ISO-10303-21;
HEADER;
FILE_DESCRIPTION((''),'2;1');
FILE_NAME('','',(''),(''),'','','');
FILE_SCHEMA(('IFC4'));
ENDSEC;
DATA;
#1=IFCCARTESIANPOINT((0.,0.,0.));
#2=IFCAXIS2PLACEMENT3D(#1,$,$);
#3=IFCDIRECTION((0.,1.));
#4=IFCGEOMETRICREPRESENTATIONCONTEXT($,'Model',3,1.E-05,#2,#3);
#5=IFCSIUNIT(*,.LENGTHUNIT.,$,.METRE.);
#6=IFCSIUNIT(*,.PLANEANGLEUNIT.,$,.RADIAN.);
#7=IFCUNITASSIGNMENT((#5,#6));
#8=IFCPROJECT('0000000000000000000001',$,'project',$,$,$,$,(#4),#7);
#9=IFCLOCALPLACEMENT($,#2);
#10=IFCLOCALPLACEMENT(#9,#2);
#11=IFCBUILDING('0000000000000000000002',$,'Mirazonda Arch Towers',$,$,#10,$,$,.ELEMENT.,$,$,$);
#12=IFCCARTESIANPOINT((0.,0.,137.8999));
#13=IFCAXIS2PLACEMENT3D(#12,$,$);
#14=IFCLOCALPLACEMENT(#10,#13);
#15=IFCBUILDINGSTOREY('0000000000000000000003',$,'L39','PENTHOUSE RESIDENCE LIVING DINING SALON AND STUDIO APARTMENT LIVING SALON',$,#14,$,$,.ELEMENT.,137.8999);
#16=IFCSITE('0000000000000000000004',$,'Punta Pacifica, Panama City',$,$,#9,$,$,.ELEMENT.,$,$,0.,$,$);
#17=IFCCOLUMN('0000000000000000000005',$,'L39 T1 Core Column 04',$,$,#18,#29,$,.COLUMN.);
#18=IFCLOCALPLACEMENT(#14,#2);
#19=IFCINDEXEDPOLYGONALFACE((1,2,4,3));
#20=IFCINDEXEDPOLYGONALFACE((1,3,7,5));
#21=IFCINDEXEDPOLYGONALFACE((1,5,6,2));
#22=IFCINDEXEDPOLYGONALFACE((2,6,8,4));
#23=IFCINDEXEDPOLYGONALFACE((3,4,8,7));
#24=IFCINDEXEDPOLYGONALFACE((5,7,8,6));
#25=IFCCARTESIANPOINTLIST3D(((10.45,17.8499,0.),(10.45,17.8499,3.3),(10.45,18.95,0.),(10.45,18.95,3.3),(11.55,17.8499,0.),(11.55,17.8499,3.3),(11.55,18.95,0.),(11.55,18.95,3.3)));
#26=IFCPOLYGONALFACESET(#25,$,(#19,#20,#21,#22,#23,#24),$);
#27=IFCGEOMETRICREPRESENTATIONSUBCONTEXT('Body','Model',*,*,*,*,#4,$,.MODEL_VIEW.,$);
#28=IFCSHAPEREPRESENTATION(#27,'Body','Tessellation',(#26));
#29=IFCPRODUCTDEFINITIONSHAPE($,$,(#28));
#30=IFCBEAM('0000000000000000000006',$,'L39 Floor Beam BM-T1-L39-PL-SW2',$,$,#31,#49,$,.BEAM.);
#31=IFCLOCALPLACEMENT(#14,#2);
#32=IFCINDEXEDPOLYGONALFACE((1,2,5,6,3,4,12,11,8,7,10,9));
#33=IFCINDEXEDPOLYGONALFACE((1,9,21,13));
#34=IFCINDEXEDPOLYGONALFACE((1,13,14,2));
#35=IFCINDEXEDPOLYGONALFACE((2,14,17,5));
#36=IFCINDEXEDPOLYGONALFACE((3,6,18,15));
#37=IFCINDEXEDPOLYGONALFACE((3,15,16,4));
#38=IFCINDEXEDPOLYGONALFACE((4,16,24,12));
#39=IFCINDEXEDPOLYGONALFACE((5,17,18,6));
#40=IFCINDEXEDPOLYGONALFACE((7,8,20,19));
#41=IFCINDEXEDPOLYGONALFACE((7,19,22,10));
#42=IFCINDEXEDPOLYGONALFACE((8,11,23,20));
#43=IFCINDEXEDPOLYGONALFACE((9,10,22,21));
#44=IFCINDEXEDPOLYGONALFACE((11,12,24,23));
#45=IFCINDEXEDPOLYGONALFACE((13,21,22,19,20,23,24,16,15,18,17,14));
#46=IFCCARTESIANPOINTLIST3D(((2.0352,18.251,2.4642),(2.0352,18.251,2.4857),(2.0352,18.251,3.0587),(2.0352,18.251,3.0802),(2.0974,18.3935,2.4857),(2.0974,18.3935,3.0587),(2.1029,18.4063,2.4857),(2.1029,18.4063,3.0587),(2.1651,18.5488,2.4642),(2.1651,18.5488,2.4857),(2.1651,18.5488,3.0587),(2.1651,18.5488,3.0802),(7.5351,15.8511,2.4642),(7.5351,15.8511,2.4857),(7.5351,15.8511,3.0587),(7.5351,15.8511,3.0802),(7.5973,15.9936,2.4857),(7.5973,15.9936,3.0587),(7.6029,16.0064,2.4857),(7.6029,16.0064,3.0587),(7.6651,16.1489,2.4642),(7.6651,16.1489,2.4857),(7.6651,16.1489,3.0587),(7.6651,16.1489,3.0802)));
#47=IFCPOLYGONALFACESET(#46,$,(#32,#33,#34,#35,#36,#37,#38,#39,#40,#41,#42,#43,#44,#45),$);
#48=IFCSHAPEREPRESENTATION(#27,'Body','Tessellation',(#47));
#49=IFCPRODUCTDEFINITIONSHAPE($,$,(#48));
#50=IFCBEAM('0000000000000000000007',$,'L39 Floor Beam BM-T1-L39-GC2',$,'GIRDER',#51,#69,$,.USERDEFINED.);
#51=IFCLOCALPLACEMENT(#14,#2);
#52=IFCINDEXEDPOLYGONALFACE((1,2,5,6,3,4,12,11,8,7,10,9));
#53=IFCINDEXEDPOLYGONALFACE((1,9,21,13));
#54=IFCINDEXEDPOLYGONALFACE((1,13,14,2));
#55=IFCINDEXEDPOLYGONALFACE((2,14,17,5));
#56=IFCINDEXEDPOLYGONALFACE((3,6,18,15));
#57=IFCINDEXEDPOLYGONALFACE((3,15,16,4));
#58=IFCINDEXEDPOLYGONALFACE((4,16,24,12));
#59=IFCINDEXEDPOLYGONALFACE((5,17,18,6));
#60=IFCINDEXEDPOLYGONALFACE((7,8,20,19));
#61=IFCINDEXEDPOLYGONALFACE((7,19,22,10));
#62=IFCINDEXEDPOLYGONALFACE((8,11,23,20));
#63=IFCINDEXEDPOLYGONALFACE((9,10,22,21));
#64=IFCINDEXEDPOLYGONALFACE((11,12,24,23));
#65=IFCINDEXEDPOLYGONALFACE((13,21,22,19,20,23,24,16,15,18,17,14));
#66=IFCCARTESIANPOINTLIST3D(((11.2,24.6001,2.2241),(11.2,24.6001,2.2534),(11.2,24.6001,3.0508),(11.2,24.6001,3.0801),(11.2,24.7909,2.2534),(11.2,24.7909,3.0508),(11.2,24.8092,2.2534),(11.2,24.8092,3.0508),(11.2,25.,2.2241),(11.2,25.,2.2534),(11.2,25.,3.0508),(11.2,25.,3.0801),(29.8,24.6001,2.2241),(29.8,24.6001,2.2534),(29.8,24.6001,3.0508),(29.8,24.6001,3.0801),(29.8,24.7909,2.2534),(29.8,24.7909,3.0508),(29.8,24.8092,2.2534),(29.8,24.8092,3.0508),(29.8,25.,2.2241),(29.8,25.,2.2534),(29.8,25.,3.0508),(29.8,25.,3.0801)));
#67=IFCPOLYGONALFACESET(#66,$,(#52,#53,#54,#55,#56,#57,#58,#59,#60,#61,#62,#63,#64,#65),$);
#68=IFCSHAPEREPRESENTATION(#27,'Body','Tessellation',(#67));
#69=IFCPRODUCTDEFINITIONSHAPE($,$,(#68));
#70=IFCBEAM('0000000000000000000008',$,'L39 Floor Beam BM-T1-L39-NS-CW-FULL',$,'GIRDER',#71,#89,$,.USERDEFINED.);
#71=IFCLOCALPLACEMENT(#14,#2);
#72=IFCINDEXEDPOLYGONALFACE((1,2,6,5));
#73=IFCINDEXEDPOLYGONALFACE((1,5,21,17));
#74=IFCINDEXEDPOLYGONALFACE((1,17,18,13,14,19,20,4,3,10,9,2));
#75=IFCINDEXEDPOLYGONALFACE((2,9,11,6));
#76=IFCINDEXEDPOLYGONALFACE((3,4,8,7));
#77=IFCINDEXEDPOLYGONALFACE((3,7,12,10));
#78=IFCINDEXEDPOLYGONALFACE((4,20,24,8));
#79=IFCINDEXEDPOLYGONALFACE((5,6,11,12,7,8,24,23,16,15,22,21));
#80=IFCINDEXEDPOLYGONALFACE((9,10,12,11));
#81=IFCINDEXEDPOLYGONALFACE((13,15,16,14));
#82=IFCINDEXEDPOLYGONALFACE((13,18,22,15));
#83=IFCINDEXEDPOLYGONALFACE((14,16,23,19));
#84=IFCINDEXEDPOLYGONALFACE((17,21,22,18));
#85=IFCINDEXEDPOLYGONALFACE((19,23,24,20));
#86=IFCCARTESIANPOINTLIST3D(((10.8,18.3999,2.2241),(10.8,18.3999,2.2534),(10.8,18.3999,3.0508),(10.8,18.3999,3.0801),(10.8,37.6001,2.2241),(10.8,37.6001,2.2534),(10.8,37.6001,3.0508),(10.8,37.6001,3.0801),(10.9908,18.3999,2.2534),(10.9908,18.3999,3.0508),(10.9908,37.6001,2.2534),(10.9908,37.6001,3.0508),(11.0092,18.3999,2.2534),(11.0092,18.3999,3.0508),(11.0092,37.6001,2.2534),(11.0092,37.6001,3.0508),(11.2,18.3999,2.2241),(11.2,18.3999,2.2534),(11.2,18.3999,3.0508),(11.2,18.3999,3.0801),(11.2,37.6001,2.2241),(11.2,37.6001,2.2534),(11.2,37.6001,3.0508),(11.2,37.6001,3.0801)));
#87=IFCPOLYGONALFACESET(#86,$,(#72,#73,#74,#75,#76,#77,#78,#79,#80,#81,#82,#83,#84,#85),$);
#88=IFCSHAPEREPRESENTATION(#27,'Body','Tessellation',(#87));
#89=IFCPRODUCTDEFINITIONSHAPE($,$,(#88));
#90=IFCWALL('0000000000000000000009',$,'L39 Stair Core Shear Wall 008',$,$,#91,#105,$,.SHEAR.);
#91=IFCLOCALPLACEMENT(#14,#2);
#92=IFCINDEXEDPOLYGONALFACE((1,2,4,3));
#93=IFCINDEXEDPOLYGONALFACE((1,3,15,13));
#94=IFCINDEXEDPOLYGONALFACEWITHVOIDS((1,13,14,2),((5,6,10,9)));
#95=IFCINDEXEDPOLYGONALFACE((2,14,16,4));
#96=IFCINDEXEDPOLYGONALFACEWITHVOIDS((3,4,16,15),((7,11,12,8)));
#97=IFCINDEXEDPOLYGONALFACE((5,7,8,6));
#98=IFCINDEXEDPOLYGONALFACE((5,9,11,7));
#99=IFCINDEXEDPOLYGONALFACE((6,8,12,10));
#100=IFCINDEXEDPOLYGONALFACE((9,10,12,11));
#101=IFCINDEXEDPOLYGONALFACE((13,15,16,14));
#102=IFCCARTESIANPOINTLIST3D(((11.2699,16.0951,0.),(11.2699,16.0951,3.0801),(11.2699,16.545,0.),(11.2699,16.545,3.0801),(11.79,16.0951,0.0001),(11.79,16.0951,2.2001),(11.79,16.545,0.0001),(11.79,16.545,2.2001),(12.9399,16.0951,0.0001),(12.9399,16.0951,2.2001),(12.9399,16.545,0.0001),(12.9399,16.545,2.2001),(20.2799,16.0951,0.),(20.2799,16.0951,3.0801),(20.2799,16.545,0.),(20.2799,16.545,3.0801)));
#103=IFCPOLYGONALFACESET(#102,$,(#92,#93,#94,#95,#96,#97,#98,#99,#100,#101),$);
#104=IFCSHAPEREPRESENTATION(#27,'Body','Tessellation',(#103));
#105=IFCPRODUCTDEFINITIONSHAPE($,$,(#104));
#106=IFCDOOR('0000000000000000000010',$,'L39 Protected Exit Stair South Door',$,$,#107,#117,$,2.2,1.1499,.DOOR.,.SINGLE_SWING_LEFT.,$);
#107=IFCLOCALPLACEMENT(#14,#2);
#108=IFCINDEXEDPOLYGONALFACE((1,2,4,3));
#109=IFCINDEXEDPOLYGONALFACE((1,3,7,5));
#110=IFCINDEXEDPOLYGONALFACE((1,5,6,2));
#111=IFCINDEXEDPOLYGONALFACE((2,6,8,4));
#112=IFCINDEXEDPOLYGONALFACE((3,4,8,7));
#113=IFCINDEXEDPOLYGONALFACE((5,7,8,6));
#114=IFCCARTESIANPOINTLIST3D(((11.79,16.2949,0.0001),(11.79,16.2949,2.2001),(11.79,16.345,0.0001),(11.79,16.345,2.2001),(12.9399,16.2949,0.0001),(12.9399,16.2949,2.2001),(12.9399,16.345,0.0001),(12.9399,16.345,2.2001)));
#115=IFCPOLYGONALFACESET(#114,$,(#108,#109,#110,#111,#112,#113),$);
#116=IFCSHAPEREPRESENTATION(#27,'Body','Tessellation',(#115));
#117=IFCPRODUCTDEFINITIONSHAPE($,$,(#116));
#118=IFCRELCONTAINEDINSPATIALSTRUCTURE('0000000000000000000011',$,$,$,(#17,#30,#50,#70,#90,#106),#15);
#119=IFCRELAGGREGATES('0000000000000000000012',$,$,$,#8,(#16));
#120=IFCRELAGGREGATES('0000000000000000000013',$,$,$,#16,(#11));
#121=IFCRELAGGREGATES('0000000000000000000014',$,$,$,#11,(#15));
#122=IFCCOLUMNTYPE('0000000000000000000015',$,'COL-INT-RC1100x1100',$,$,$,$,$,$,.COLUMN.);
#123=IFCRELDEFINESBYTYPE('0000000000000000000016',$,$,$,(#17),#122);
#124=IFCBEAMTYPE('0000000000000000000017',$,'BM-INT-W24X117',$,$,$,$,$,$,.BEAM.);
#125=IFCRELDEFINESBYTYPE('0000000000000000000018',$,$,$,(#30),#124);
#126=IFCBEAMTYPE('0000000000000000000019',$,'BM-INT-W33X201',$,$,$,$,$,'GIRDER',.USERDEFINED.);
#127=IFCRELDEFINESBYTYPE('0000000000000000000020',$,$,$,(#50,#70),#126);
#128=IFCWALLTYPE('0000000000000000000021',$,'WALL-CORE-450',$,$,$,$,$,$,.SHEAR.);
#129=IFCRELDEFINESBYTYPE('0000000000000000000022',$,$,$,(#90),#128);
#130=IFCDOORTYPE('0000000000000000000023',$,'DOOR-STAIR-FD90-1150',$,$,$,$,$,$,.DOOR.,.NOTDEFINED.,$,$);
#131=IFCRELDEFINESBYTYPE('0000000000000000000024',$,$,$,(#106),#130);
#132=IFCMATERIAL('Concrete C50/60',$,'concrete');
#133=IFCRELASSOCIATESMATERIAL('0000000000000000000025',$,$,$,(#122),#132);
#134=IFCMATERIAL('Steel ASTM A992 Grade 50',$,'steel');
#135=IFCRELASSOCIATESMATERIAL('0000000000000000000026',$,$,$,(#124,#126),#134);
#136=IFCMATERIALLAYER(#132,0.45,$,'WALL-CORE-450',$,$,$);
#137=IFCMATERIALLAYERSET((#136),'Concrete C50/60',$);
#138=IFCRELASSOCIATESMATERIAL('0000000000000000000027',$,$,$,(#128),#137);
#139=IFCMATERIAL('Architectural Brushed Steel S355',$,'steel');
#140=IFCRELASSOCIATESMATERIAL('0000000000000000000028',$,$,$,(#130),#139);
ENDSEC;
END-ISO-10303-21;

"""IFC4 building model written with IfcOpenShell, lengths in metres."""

from ifc_helpers import new_model, si_unit, direction, frame, frame_2d, origin, origin_2d, place, context, subcontext, project, spatial, rectangle, i_section, extrude, material, layer, layer_set, material_profile, profile_set, type_object, element, fill, save


model = new_model("IFC4")

# Units and contexts
model_context = context("Model", 3, precision=1e-05, world=origin(), true_north=direction((0.0, 1.0)))
body_context = subcontext(model_context, "Body", "Model", "MODEL_VIEW")
ifc_project = project(units=[si_unit("LENGTHUNIT", "METRE"), si_unit("PLANEANGLEUNIT", "RADIAN")], contexts=[model_context])

# Site, building, storey
site_placement = place(None, origin())
site = spatial("IfcSite", under=ifc_project, at=site_placement, Name="Punta Pacifica, Panama City", CompositionType="ELEMENT", RefElevation=0.0)
building_placement = place(site_placement, origin())
building = spatial("IfcBuilding", under=site, at=building_placement, Name="Mirazonda Arch Towers", CompositionType="ELEMENT")
storey_placement = place(building_placement, frame((0.0, 0.0, 137.8999)))
storey = spatial("IfcBuildingStorey", under=building, at=storey_placement, Name="L39", Description="PENTHOUSE RESIDENCE LIVING DINING SALON AND STUDIO APARTMENT LIVING SALON", CompositionType="ELEMENT", Elevation=137.8999)

# Column
ifc_material_1 = material(Name="Concrete C50/60", Category="concrete")
ifc_material_profile_1 = material_profile(ifc_material_1, rectangle(XDim=1.1001, YDim=1.1001, at=origin_2d()), Name="RC1100x1100")
ifc_profile_set_1 = profile_set([ifc_material_profile_1], Name="Concrete C50/60")
column_type = type_object("IfcColumnType", Name="COL-INT-RC1100x1100", PredefinedType="COLUMN", material=ifc_profile_set_1)
column_placement = place(storey_placement, frame((11.0, 18.3999, 0.0), z_axis=(0.0, 0.0, 1.0), x_axis=(1.0, 0.0, 0.0)))
element("IfcColumn", 1, at=column_placement, inside=storey, type_object=column_type, Name="L39 T1 Core Column 04", PredefinedType="COLUMN", context=body_context, shape_type="SweptSolid", body=[
    extrude(rectangle(XDim=1.1001, YDim=1.1001, at=origin_2d()), origin(), (0.0, 0.0, 1.0), 3.3),
])

# Beams
ifc_material_2 = material(Name="Steel ASTM A992 Grade 50", Category="steel")
ifc_material_profile_2 = material_profile(ifc_material_2, i_section(OverallWidth=0.325, OverallDepth=0.616, WebThickness=0.0139, FlangeThickness=0.0215, at=origin_2d()), Name="W24X117")
ifc_profile_set_2 = profile_set([ifc_material_profile_2], Name="Steel ASTM A992 Grade 50")
beam_type_1 = type_object("IfcBeamType", Name="BM-INT-W24X117", PredefinedType="BEAM", material=ifc_profile_set_2)
beam_1_placement = place(storey_placement, frame((7.6001, 16.0, 2.7722), z_axis=(-0.916545, 0.399931, 0.0), x_axis=(-0.399931, -0.916545, 0.0)))
element("IfcBeam", 2, at=beam_1_placement, inside=storey, type_object=beam_type_1, Name="L39 Floor Beam BM-T1-L39-PL-SW2", PredefinedType="BEAM", context=body_context, shape_type="SweptSolid", body=[
    extrude(i_section(OverallWidth=0.325, OverallDepth=0.616, WebThickness=0.0139, FlangeThickness=0.0215, at=origin_2d()), origin(), (0.0, 0.0, 1.0), 6.0007),
])
ifc_material_profile_3 = material_profile(ifc_material_2, i_section(OverallWidth=0.3999, OverallDepth=0.856, WebThickness=0.0183, FlangeThickness=0.0293, at=origin_2d()), Name="W33X201")
ifc_profile_set_3 = profile_set([ifc_material_profile_3], Name="Steel ASTM A992 Grade 50")
beam_type_2 = type_object("IfcBeamType", Name="BM-INT-W33X201", ElementType="GIRDER", PredefinedType="USERDEFINED", material=ifc_profile_set_3)
beam_2_placement = place(storey_placement, frame((11.2, 24.8, 2.6521), z_axis=(1.0, 0.0, 0.0), x_axis=(0.0, 1.0, 0.0)))
element("IfcBeam", 3, at=beam_2_placement, inside=storey, type_object=beam_type_2, Name="L39 Floor Beam BM-T1-L39-GC2", ObjectType="GIRDER", PredefinedType="USERDEFINED", context=body_context, shape_type="SweptSolid", body=[
    extrude(i_section(OverallWidth=0.3999, OverallDepth=0.856, WebThickness=0.0183, FlangeThickness=0.0293, at=origin_2d()), origin(), (0.0, 0.0, 1.0), 18.6001),
])
beam_3_placement = place(storey_placement, frame((11.0, 18.3999, 2.6521), z_axis=(0.0, 1.0, 0.0), x_axis=(-1.0, 0.0, 0.0)))
element("IfcBeam", 4, at=beam_3_placement, inside=storey, type_object=beam_type_2, Name="L39 Floor Beam BM-T1-L39-NS-CW-FULL", ObjectType="GIRDER", PredefinedType="USERDEFINED", context=body_context, shape_type="SweptSolid", body=[
    extrude(i_section(OverallWidth=0.3999, OverallDepth=0.856, WebThickness=0.0183, FlangeThickness=0.0293, at=origin_2d()), origin(), (0.0, 0.0, 1.0), 19.2002),
])

# Wall, opening, door
ifc_layer_1 = layer(ifc_material_1, 0.45, Name="WALL-CORE-450")
ifc_layer_set_1 = layer_set([ifc_layer_1], Name="Concrete C50/60")
wall_type_1 = type_object("IfcWallType", Name="WALL-CORE-450", PredefinedType="SHEAR", material=ifc_layer_set_1)
wall_1_placement = place(storey_placement, frame((11.27, 16.3201, 0.0), z_axis=(0.0, 0.0, 1.0), x_axis=(1.0, 0.0, 0.0)))
wall_1 = element("IfcWall", 5, at=wall_1_placement, inside=storey, type_object=wall_type_1, Name="L39 Stair Core Shear Wall 008", PredefinedType="SHEAR", context=body_context, shape_type="SweptSolid", body=[
    extrude(rectangle(XDim=9.01, YDim=0.45, at=frame_2d((4.5049, 0.0))), origin(), (0.0, 0.0, 1.0), 3.0801),
])
opening_1_placement = place(wall_1_placement, frame((0.52, 0.0, 0.0)))
opening_1 = element("IfcOpeningElement", 6, at=opening_1_placement, cuts=wall_1, PredefinedType="OPENING", context=body_context, shape_type="SweptSolid", body=[
    extrude(rectangle(XDim=1.1499, YDim=2.2, at=frame_2d((0.575, 1.1001))), frame((0.0, 0.2349, 0.0), z_axis=(0.0, -1.0, 0.0), x_axis=(1.0, 0.0, 0.0)), (0.0, 0.0, 1.0), 0.47),
])
ifc_material_3 = material(Name="Architectural Brushed Steel S355", Category="steel")
door_type_1 = type_object("IfcDoorType", Name="DOOR-STAIR-FD90-1150", OperationType="NOTDEFINED", PredefinedType="DOOR", material=ifc_material_3)
door_1_placement = place(opening_1_placement, origin())
door_1 = element("IfcDoor", 7, at=door_1_placement, inside=storey, type_object=door_type_1, Name="L39 Protected Exit Stair South Door", OperationType="SINGLE_SWING_LEFT", OverallHeight=2.2, OverallWidth=1.1499, PredefinedType="DOOR", context=body_context, shape_type="SweptSolid", body=[
    extrude(rectangle(XDim=1.1499, YDim=2.2, at=frame_2d((0.575, 1.1001))), frame((0.0, 0.0249, 0.0), z_axis=(0.0, -1.0, 0.0), x_axis=(1.0, 0.0, 0.0)), (0.0, 0.0, 1.0), 0.05),
])
fill(opening_1, door_1)

save(model, "model.ifc")
